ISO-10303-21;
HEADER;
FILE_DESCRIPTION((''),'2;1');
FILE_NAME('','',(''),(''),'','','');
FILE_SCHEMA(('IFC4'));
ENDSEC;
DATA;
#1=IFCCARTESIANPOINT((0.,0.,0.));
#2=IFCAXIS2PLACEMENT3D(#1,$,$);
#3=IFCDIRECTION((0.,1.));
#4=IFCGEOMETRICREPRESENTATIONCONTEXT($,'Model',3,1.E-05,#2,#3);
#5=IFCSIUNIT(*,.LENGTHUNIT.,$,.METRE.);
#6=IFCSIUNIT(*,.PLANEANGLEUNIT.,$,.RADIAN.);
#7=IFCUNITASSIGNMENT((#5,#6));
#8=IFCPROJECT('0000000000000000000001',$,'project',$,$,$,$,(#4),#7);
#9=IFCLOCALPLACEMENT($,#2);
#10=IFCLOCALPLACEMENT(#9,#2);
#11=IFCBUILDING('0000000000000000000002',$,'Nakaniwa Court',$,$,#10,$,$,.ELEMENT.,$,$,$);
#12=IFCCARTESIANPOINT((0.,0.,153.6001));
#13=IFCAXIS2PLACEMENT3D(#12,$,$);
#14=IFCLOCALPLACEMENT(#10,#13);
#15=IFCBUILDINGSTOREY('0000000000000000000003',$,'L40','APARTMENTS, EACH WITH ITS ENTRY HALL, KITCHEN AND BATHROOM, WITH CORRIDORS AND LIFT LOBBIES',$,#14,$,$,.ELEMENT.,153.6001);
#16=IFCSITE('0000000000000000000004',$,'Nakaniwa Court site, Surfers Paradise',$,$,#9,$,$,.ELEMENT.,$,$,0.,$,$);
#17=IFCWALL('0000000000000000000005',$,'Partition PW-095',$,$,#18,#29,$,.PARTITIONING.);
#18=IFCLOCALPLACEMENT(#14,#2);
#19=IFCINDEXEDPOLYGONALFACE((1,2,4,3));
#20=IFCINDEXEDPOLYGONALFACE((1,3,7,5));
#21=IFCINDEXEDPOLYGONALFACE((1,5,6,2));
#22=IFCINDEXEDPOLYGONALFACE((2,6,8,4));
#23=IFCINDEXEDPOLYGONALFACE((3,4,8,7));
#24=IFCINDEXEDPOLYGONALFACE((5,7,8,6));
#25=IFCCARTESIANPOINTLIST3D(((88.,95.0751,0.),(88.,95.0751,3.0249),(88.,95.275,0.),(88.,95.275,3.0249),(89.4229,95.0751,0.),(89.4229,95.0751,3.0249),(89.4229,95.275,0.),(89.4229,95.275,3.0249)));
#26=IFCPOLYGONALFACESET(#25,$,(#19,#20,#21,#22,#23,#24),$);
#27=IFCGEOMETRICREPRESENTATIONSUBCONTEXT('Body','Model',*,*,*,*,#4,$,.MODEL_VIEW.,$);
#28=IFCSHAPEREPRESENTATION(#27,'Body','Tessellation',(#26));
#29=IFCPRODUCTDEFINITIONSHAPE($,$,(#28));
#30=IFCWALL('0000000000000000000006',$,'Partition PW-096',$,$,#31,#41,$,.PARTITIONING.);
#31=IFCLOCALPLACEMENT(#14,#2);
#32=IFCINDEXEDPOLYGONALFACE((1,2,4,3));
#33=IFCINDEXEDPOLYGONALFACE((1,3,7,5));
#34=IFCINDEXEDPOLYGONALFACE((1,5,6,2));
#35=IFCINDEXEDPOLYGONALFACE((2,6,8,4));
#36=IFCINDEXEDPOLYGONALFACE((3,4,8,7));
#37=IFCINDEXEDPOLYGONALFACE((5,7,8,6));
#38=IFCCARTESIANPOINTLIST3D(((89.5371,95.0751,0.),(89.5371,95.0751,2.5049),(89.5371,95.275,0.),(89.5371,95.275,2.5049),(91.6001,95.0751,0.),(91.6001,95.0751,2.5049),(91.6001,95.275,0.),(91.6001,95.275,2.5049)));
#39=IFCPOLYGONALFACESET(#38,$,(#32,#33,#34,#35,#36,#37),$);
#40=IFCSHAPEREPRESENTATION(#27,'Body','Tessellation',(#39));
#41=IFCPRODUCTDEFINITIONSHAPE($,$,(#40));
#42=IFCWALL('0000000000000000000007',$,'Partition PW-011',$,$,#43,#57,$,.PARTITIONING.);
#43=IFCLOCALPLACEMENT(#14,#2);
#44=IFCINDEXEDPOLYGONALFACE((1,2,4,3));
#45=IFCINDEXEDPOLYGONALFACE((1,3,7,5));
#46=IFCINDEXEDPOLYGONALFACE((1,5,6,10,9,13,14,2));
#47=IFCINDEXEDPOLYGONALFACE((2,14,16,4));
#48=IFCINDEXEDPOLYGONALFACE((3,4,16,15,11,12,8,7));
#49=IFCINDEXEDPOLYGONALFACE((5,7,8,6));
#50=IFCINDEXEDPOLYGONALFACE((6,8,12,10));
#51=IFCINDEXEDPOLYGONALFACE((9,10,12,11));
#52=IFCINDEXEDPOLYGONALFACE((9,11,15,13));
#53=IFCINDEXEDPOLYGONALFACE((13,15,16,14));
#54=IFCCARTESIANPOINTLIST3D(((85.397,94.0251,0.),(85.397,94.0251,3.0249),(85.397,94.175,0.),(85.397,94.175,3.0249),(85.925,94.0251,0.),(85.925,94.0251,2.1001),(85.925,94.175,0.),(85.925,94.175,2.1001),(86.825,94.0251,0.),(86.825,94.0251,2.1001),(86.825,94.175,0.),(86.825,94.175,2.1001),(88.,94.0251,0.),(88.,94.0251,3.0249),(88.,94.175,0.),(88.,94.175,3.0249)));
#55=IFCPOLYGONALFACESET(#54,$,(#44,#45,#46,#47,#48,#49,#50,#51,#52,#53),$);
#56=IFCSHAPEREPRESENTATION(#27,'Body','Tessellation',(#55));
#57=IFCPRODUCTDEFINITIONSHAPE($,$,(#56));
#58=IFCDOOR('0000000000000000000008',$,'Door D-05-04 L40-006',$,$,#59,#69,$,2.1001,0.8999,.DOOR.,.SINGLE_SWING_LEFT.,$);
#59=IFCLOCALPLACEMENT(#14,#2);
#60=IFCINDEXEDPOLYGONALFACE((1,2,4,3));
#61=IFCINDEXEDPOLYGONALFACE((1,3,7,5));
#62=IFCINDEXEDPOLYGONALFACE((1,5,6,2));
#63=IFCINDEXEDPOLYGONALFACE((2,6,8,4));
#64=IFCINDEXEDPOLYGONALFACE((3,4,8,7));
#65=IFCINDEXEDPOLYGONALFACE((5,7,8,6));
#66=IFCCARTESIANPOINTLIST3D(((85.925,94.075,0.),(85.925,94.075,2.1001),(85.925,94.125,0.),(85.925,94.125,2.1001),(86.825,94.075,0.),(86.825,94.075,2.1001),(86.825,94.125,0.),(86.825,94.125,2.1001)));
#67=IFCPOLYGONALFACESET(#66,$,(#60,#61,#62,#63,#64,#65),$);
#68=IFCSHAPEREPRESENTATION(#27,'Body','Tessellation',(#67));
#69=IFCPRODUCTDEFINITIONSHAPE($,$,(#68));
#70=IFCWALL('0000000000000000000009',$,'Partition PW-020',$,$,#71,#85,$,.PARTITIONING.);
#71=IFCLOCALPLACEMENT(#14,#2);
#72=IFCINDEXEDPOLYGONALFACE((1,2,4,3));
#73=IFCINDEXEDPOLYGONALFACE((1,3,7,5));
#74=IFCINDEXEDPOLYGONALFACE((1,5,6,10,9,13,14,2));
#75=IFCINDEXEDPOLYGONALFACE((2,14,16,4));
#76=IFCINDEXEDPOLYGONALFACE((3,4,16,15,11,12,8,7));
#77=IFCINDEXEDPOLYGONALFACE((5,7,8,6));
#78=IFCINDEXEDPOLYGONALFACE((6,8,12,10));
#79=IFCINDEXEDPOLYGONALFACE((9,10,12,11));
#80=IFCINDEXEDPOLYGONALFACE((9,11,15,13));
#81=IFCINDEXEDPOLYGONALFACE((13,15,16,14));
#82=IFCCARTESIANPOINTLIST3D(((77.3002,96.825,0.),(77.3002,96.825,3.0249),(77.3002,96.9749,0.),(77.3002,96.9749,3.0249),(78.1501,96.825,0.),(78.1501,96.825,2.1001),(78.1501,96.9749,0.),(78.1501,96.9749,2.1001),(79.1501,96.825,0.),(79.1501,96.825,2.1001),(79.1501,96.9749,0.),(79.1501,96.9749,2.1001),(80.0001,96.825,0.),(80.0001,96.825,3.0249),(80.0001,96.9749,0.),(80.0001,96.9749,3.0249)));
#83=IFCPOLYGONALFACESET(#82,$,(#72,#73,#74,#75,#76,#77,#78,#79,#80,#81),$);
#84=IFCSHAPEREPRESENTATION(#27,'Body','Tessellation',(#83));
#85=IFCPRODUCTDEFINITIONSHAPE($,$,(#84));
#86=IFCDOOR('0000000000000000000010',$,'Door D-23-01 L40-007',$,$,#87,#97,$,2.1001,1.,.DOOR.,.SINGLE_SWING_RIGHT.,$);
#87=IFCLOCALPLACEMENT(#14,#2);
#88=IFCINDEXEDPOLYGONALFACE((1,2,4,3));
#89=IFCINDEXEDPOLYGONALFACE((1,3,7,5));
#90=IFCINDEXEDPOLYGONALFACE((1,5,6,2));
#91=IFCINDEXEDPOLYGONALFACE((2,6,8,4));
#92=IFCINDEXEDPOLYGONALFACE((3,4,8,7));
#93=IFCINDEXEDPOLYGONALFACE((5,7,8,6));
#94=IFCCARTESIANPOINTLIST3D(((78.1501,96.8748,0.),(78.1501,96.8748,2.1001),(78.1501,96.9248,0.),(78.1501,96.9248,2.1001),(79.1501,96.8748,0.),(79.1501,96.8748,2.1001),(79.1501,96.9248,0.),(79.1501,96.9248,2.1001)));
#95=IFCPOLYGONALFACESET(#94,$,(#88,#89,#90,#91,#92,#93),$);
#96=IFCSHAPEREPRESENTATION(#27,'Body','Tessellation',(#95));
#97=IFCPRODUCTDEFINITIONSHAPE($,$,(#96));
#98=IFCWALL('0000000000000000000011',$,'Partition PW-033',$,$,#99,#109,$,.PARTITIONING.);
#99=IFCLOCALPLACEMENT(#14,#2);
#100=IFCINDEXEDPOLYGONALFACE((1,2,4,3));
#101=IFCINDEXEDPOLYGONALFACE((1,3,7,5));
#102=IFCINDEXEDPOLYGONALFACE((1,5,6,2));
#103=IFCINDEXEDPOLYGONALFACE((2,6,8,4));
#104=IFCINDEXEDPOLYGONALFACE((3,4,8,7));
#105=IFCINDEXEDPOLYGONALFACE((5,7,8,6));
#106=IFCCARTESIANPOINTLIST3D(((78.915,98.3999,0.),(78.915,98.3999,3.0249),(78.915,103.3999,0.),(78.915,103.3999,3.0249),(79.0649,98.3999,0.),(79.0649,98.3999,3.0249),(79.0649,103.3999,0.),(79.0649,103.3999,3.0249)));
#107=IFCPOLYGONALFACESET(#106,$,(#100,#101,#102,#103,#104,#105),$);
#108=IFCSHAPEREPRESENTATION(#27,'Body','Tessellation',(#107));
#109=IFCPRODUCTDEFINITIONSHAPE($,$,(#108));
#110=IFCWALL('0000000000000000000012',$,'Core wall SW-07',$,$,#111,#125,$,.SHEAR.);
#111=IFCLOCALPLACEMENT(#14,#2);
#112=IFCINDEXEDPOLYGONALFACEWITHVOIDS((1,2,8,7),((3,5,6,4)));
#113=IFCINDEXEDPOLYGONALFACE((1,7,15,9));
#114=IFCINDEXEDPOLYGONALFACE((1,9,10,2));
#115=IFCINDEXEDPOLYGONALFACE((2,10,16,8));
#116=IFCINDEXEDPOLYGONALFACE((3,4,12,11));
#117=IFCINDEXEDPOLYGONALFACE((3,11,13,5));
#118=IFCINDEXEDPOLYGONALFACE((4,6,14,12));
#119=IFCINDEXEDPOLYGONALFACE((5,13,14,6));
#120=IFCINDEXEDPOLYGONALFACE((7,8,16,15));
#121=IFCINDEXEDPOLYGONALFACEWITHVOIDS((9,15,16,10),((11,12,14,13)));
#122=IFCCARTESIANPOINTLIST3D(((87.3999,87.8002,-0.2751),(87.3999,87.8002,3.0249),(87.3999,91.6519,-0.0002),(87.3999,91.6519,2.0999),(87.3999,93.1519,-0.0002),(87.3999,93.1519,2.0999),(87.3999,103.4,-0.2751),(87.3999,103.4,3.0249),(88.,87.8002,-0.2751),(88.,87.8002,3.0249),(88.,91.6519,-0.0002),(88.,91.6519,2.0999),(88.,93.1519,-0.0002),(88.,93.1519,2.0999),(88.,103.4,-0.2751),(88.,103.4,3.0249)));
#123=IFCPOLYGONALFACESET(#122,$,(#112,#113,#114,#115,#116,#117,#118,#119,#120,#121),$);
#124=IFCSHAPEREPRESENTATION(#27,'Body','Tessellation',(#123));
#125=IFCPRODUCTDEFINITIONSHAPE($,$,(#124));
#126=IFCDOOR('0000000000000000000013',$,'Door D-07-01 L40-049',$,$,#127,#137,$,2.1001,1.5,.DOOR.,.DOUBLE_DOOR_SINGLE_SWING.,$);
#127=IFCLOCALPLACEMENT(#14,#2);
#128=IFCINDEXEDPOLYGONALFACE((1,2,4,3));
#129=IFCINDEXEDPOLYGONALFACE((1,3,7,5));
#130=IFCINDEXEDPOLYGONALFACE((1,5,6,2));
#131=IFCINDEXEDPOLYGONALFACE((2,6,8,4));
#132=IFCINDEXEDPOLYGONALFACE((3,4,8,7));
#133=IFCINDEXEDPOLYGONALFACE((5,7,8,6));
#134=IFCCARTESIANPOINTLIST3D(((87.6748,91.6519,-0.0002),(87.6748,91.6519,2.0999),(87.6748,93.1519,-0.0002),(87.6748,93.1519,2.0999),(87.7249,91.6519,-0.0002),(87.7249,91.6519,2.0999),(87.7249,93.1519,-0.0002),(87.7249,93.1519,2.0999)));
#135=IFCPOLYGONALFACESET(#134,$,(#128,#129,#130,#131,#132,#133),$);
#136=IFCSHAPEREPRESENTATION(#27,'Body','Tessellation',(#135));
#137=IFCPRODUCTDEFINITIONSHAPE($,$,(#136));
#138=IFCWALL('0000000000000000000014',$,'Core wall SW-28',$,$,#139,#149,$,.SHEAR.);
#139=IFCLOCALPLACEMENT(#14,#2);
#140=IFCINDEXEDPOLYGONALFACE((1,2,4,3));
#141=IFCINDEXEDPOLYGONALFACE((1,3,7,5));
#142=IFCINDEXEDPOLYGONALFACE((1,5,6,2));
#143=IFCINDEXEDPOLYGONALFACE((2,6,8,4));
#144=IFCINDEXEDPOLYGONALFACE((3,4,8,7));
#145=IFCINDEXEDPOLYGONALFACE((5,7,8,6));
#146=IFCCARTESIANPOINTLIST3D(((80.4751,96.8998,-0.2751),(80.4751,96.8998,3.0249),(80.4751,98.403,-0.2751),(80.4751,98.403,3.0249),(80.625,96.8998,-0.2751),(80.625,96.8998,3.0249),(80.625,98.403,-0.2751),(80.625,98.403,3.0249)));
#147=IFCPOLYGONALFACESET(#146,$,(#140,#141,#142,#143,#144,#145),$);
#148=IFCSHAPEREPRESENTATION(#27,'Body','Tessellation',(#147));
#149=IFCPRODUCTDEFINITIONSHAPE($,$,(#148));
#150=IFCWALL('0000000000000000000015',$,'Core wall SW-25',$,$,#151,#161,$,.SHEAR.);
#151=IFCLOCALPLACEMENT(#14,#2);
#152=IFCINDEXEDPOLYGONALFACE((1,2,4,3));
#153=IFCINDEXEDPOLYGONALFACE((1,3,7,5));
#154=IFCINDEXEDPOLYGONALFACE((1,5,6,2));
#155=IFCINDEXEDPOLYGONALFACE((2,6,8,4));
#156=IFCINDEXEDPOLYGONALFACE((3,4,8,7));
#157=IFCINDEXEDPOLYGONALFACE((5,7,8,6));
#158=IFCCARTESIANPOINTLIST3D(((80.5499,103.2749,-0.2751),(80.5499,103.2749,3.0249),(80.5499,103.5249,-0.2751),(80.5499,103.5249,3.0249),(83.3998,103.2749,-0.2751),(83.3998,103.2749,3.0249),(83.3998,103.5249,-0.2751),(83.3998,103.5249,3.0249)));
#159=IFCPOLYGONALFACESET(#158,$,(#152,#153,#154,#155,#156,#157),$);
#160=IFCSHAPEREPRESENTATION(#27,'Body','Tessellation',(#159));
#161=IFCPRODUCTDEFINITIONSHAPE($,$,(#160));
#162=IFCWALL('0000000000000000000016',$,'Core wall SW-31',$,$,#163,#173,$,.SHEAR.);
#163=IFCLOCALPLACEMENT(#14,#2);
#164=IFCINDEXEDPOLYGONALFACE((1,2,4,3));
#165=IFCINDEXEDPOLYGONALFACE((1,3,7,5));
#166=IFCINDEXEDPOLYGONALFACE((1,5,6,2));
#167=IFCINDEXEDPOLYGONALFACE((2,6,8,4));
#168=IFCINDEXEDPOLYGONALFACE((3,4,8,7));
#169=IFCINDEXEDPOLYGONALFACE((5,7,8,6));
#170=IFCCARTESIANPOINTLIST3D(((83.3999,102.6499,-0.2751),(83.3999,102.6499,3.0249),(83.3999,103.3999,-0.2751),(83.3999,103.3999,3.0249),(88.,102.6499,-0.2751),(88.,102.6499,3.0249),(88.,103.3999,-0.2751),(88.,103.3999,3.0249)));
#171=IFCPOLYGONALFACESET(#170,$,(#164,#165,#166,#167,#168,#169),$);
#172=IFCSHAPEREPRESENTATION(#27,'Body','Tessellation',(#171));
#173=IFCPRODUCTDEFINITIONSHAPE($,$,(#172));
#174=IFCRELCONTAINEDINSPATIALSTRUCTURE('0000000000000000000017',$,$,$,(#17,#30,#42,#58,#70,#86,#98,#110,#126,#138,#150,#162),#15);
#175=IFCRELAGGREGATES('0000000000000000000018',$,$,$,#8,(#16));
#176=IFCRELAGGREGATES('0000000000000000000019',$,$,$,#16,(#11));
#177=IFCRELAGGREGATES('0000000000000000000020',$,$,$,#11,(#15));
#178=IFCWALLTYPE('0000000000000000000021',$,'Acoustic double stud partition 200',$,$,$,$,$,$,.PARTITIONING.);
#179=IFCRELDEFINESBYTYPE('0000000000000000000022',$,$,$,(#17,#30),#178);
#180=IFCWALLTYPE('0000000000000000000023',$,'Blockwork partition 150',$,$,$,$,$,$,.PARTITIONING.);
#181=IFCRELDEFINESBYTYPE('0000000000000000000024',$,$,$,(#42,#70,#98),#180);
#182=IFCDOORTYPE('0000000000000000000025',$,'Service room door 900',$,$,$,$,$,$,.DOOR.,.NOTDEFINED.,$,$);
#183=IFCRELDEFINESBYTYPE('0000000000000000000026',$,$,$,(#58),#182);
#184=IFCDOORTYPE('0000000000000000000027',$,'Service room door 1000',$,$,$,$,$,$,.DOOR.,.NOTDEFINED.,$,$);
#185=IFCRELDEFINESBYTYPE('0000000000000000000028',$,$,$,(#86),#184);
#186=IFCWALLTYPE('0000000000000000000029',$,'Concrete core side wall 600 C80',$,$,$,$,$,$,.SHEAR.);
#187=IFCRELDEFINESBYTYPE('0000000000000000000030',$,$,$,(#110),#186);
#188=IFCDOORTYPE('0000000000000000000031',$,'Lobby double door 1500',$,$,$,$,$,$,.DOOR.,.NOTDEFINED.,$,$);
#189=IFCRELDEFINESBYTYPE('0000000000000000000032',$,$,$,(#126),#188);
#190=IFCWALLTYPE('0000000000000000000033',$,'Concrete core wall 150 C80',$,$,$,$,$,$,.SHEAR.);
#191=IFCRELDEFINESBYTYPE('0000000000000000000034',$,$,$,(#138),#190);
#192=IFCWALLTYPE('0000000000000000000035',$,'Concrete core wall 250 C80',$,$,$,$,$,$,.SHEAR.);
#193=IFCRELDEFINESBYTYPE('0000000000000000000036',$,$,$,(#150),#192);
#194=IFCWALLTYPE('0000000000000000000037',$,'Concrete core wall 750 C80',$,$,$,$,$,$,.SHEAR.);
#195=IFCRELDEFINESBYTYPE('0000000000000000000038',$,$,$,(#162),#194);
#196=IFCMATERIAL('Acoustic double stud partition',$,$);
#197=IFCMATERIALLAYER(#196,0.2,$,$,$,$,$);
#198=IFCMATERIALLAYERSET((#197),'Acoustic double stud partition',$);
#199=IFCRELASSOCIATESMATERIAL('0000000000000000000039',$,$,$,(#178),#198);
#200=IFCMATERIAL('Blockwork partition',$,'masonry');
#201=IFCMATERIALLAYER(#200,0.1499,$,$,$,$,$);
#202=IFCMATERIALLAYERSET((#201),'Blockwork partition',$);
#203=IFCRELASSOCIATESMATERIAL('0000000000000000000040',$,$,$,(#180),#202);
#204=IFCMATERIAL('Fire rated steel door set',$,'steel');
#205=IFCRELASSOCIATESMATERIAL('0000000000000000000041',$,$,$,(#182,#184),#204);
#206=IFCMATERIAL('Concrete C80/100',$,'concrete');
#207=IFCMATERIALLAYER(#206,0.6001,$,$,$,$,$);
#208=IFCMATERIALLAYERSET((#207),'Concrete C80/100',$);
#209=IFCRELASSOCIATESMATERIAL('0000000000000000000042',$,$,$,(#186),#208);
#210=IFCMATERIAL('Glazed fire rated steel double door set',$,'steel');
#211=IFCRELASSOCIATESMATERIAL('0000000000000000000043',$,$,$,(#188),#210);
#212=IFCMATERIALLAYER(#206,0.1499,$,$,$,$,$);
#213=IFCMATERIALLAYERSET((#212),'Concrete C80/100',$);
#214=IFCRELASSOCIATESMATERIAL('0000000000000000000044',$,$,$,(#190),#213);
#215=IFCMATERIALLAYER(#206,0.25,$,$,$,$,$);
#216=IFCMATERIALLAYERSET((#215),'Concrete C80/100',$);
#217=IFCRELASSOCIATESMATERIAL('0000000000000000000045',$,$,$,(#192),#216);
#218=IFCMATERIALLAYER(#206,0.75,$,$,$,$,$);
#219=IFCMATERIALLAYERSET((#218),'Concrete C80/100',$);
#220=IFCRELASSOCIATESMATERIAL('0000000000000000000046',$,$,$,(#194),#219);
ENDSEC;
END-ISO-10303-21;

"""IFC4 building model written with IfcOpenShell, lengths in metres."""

from ifc_helpers import new_model, si_unit, direction, frame, frame_2d, origin, place, context, subcontext, project, spatial, rectangle, extrude, material, layer, layer_set, type_object, element, fill, save


model = new_model("IFC4")

# Units and contexts
model_context = context("Model", 3, precision=1e-05, world=origin(), true_north=direction((0.0, 1.0)))
body_context = subcontext(model_context, "Body", "Model", "MODEL_VIEW")
ifc_project = project(units=[si_unit("LENGTHUNIT", "METRE"), si_unit("PLANEANGLEUNIT", "RADIAN")], contexts=[model_context])

# Site, building, storey
site_placement = place(None, origin())
site = spatial("IfcSite", under=ifc_project, at=site_placement, Name="Nakaniwa Court site, Surfers Paradise", CompositionType="ELEMENT", RefElevation=0.0)
building_placement = place(site_placement, origin())
building = spatial("IfcBuilding", under=site, at=building_placement, Name="Nakaniwa Court", CompositionType="ELEMENT")
storey_placement = place(building_placement, frame((0.0, 0.0, 153.6001)))
storey = spatial("IfcBuildingStorey", under=building, at=storey_placement, Name="L40", Description="APARTMENTS, EACH WITH ITS ENTRY HALL, KITCHEN AND BATHROOM, WITH CORRIDORS AND LIFT LOBBIES", CompositionType="ELEMENT", Elevation=153.6001)

# Walls
ifc_material_1 = material(Name="Acoustic double stud partition")
ifc_layer_1 = layer(ifc_material_1, 0.2)
ifc_layer_set_1 = layer_set([ifc_layer_1], Name="Acoustic double stud partition")
wall_type_1 = type_object("IfcWallType", Name="Acoustic double stud partition 200", PredefinedType="PARTITIONING", material=ifc_layer_set_1)
wall_1_placement = place(storey_placement, frame((88.0, 95.175, 0.0), z_axis=(0.0, 0.0, 1.0), x_axis=(1.0, 0.0, 0.0)))
element("IfcWall", 1, at=wall_1_placement, inside=storey, type_object=wall_type_1, Name="Partition PW-095", PredefinedType="PARTITIONING", context=body_context, shape_type="SweptSolid", body=[
    extrude(rectangle(XDim=1.4229, YDim=0.2, at=frame_2d((0.7114, 0.0))), origin(), (0.0, 0.0, 1.0), 3.0249),
])
wall_2_placement = place(storey_placement, frame((89.5371, 95.175, 0.0), z_axis=(0.0, 0.0, 1.0), x_axis=(1.0, 0.0, 0.0)))
element("IfcWall", 2, at=wall_2_placement, inside=storey, type_object=wall_type_1, Name="Partition PW-096", PredefinedType="PARTITIONING", context=body_context, shape_type="SweptSolid", body=[
    extrude(rectangle(XDim=2.063, YDim=0.2, at=frame_2d((1.0315, 0.0))), origin(), (0.0, 0.0, 1.0), 2.5049),
])

# Walls, openings, doors
ifc_material_2 = material(Name="Blockwork partition", Category="masonry")
ifc_layer_2 = layer(ifc_material_2, 0.1499)
ifc_layer_set_2 = layer_set([ifc_layer_2], Name="Blockwork partition")
wall_type_2 = type_object("IfcWallType", Name="Blockwork partition 150", PredefinedType="PARTITIONING", material=ifc_layer_set_2)
wall_3_placement = place(storey_placement, frame((85.397, 94.1001, 0.0), z_axis=(0.0, 0.0, 1.0), x_axis=(1.0, 0.0, 0.0)))
wall_3 = element("IfcWall", 3, at=wall_3_placement, inside=storey, type_object=wall_type_2, Name="Partition PW-011", PredefinedType="PARTITIONING", context=body_context, shape_type="SweptSolid", body=[
    extrude(rectangle(XDim=2.603, YDim=0.1499, at=frame_2d((1.3015, 0.0))), origin(), (0.0, 0.0, 1.0), 3.0249),
])
opening_1_placement = place(wall_3_placement, frame((0.5281, 0.0, 0.0)))
opening_1 = element("IfcOpeningElement", 4, at=opening_1_placement, cuts=wall_3, PredefinedType="OPENING", context=body_context, shape_type="SweptSolid", body=[
    extrude(rectangle(XDim=0.8999, YDim=2.1001, at=frame_2d((0.45, 1.05))), frame((0.0, 0.085, 0.0), z_axis=(0.0, -1.0, 0.0), x_axis=(1.0, 0.0, 0.0)), (0.0, 0.0, 1.0), 0.1699),
])
ifc_material_3 = material(Name="Fire rated steel door set", Category="steel")
door_type_1 = type_object("IfcDoorType", Name="Service room door 900", OperationType="NOTDEFINED", PredefinedType="DOOR", material=ifc_material_3)
door_1_placement = place(opening_1_placement, origin())
door_1 = element("IfcDoor", 5, at=door_1_placement, inside=storey, type_object=door_type_1, Name="Door D-05-04 L40-006", OperationType="SINGLE_SWING_LEFT", OverallHeight=2.1001, OverallWidth=0.8999, PredefinedType="DOOR", context=body_context, shape_type="SweptSolid", body=[
    extrude(rectangle(XDim=0.8999, YDim=2.1001, at=frame_2d((0.45, 1.05))), frame((0.0, 0.0249, 0.0), z_axis=(0.0, -1.0, 0.0), x_axis=(1.0, 0.0, 0.0)), (0.0, 0.0, 1.0), 0.05),
])
fill(opening_1, door_1)
wall_4_placement = place(storey_placement, frame((77.3, 96.8999, 0.0), z_axis=(0.0, 0.0, 1.0), x_axis=(1.0, 0.0, 0.0)))
wall_4 = element("IfcWall", 6, at=wall_4_placement, inside=storey, type_object=wall_type_2, Name="Partition PW-020", PredefinedType="PARTITIONING", context=body_context, shape_type="SweptSolid", body=[
    extrude(rectangle(XDim=2.7, YDim=0.1499, at=frame_2d((1.3501, 0.0))), origin(), (0.0, 0.0, 1.0), 3.0249),
])
opening_2_placement = place(wall_4_placement, frame((0.8501, 0.0, 0.0)))
opening_2 = element("IfcOpeningElement", 7, at=opening_2_placement, cuts=wall_4, PredefinedType="OPENING", context=body_context, shape_type="SweptSolid", body=[
    extrude(rectangle(XDim=1.0, YDim=2.1001, at=frame_2d((0.5, 1.05))), frame((0.0, 0.085, 0.0), z_axis=(0.0, -1.0, 0.0), x_axis=(1.0, 0.0, 0.0)), (0.0, 0.0, 1.0), 0.1699),
])
door_type_2 = type_object("IfcDoorType", Name="Service room door 1000", OperationType="NOTDEFINED", PredefinedType="DOOR", material=ifc_material_3)
door_2_placement = place(opening_2_placement, origin())
door_2 = element("IfcDoor", 8, at=door_2_placement, inside=storey, type_object=door_type_2, Name="Door D-23-01 L40-007", OperationType="SINGLE_SWING_RIGHT", OverallHeight=2.1001, OverallWidth=1.0, PredefinedType="DOOR", context=body_context, shape_type="SweptSolid", body=[
    extrude(rectangle(XDim=1.0, YDim=2.1001, at=frame_2d((0.5, 1.05))), frame((0.0, 0.0249, 0.0), z_axis=(0.0, -1.0, 0.0), x_axis=(1.0, 0.0, 0.0)), (0.0, 0.0, 1.0), 0.05),
])
fill(opening_2, door_2)

# Wall
wall_5_placement = place(storey_placement, frame((78.99, 98.3999, 0.0), z_axis=(0.0, 0.0, 1.0), x_axis=(0.0, 1.0, 0.0)))
element("IfcWall", 9, at=wall_5_placement, inside=storey, type_object=wall_type_2, Name="Partition PW-033", PredefinedType="PARTITIONING", context=body_context, shape_type="SweptSolid", body=[
    extrude(rectangle(XDim=5.0, YDim=0.1499, at=frame_2d((2.5, 0.0))), origin(), (0.0, 0.0, 1.0), 3.0249),
])

# Wall, opening, door
ifc_material_4 = material(Name="Concrete C80/100", Category="concrete")
ifc_layer_3 = layer(ifc_material_4, 0.6001)
ifc_layer_set_3 = layer_set([ifc_layer_3], Name="Concrete C80/100")
wall_type_3 = type_object("IfcWallType", Name="Concrete core side wall 600 C80", PredefinedType="SHEAR", material=ifc_layer_set_3)
wall_6_placement = place(storey_placement, frame((87.7, 103.3999, -0.2751), z_axis=(0.0, 0.0, 1.0), x_axis=(0.0, -1.0, 0.0)))
wall_6 = element("IfcWall", 10, at=wall_6_placement, inside=storey, type_object=wall_type_3, Name="Core wall SW-07", PredefinedType="SHEAR", context=body_context, shape_type="SweptSolid", body=[
    extrude(rectangle(XDim=15.5999, YDim=0.6001, at=frame_2d((7.7998, 0.0))), origin(), (0.0, 0.0, 1.0), 3.3),
])
opening_3_placement = place(wall_6_placement, frame((10.248, 0.0, 0.2749)))
opening_3 = element("IfcOpeningElement", 11, at=opening_3_placement, cuts=wall_6, PredefinedType="OPENING", context=body_context, shape_type="SweptSolid", body=[
    extrude(rectangle(XDim=1.5, YDim=2.1001, at=frame_2d((0.75, 1.05))), frame((0.0, 0.3101, 0.0), z_axis=(0.0, -1.0, 0.0), x_axis=(1.0, 0.0, 0.0)), (0.0, 0.0, 1.0), 0.6201),
])
ifc_material_5 = material(Name="Glazed fire rated steel double door set", Category="steel")
door_type_3 = type_object("IfcDoorType", Name="Lobby double door 1500", OperationType="NOTDEFINED", PredefinedType="DOOR", material=ifc_material_5)
door_3_placement = place(opening_3_placement, origin())
door_3 = element("IfcDoor", 12, at=door_3_placement, inside=storey, type_object=door_type_3, Name="Door D-07-01 L40-049", OperationType="DOUBLE_DOOR_SINGLE_SWING", OverallHeight=2.1001, OverallWidth=1.5, PredefinedType="DOOR", context=body_context, shape_type="SweptSolid", body=[
    extrude(rectangle(XDim=1.5, YDim=2.1001, at=frame_2d((0.75, 1.05))), frame((0.0, 0.0249, 0.0), z_axis=(0.0, -1.0, 0.0), x_axis=(1.0, 0.0, 0.0)), (0.0, 0.0, 1.0), 0.05),
])
fill(opening_3, door_3)

# Walls
ifc_layer_4 = layer(ifc_material_4, 0.1499)
ifc_layer_set_4 = layer_set([ifc_layer_4], Name="Concrete C80/100")
wall_type_4 = type_object("IfcWallType", Name="Concrete core wall 150 C80", PredefinedType="SHEAR", material=ifc_layer_set_4)
wall_7_placement = place(storey_placement, frame((80.55, 96.8999, -0.2751), z_axis=(0.0, 0.0, 1.0), x_axis=(0.0, 1.0, 0.0)))
element("IfcWall", 13, at=wall_7_placement, inside=storey, type_object=wall_type_4, Name="Core wall SW-28", PredefinedType="SHEAR", context=body_context, shape_type="SweptSolid", body=[
    extrude(rectangle(XDim=1.5032, YDim=0.1499, at=frame_2d((0.7515, 0.0))), origin(), (0.0, 0.0, 1.0), 3.3),
])
ifc_layer_5 = layer(ifc_material_4, 0.25)
ifc_layer_set_5 = layer_set([ifc_layer_5], Name="Concrete C80/100")
wall_type_5 = type_object("IfcWallType", Name="Concrete core wall 250 C80", PredefinedType="SHEAR", material=ifc_layer_set_5)
wall_8_placement = place(storey_placement, frame((80.55, 103.3999, -0.2751), z_axis=(0.0, 0.0, 1.0), x_axis=(1.0, 0.0, 0.0)))
element("IfcWall", 14, at=wall_8_placement, inside=storey, type_object=wall_type_5, Name="Core wall SW-25", PredefinedType="SHEAR", context=body_context, shape_type="SweptSolid", body=[
    extrude(rectangle(XDim=2.8499, YDim=0.25, at=frame_2d((1.4248, 0.0))), origin(), (0.0, 0.0, 1.0), 3.3),
])
ifc_layer_6 = layer(ifc_material_4, 0.75)
ifc_layer_set_6 = layer_set([ifc_layer_6], Name="Concrete C80/100")
wall_type_6 = type_object("IfcWallType", Name="Concrete core wall 750 C80", PredefinedType="SHEAR", material=ifc_layer_set_6)
wall_9_placement = place(storey_placement, frame((83.3999, 103.0249, -0.2751), z_axis=(0.0, 0.0, 1.0), x_axis=(1.0, 0.0, 0.0)))
element("IfcWall", 15, at=wall_9_placement, inside=storey, type_object=wall_type_6, Name="Core wall SW-31", PredefinedType="SHEAR", context=body_context, shape_type="SweptSolid", body=[
    extrude(rectangle(XDim=4.6001, YDim=0.75, at=frame_2d((2.3, 0.0))), origin(), (0.0, 0.0, 1.0), 3.3),
])

save(model, "model.ifc")
